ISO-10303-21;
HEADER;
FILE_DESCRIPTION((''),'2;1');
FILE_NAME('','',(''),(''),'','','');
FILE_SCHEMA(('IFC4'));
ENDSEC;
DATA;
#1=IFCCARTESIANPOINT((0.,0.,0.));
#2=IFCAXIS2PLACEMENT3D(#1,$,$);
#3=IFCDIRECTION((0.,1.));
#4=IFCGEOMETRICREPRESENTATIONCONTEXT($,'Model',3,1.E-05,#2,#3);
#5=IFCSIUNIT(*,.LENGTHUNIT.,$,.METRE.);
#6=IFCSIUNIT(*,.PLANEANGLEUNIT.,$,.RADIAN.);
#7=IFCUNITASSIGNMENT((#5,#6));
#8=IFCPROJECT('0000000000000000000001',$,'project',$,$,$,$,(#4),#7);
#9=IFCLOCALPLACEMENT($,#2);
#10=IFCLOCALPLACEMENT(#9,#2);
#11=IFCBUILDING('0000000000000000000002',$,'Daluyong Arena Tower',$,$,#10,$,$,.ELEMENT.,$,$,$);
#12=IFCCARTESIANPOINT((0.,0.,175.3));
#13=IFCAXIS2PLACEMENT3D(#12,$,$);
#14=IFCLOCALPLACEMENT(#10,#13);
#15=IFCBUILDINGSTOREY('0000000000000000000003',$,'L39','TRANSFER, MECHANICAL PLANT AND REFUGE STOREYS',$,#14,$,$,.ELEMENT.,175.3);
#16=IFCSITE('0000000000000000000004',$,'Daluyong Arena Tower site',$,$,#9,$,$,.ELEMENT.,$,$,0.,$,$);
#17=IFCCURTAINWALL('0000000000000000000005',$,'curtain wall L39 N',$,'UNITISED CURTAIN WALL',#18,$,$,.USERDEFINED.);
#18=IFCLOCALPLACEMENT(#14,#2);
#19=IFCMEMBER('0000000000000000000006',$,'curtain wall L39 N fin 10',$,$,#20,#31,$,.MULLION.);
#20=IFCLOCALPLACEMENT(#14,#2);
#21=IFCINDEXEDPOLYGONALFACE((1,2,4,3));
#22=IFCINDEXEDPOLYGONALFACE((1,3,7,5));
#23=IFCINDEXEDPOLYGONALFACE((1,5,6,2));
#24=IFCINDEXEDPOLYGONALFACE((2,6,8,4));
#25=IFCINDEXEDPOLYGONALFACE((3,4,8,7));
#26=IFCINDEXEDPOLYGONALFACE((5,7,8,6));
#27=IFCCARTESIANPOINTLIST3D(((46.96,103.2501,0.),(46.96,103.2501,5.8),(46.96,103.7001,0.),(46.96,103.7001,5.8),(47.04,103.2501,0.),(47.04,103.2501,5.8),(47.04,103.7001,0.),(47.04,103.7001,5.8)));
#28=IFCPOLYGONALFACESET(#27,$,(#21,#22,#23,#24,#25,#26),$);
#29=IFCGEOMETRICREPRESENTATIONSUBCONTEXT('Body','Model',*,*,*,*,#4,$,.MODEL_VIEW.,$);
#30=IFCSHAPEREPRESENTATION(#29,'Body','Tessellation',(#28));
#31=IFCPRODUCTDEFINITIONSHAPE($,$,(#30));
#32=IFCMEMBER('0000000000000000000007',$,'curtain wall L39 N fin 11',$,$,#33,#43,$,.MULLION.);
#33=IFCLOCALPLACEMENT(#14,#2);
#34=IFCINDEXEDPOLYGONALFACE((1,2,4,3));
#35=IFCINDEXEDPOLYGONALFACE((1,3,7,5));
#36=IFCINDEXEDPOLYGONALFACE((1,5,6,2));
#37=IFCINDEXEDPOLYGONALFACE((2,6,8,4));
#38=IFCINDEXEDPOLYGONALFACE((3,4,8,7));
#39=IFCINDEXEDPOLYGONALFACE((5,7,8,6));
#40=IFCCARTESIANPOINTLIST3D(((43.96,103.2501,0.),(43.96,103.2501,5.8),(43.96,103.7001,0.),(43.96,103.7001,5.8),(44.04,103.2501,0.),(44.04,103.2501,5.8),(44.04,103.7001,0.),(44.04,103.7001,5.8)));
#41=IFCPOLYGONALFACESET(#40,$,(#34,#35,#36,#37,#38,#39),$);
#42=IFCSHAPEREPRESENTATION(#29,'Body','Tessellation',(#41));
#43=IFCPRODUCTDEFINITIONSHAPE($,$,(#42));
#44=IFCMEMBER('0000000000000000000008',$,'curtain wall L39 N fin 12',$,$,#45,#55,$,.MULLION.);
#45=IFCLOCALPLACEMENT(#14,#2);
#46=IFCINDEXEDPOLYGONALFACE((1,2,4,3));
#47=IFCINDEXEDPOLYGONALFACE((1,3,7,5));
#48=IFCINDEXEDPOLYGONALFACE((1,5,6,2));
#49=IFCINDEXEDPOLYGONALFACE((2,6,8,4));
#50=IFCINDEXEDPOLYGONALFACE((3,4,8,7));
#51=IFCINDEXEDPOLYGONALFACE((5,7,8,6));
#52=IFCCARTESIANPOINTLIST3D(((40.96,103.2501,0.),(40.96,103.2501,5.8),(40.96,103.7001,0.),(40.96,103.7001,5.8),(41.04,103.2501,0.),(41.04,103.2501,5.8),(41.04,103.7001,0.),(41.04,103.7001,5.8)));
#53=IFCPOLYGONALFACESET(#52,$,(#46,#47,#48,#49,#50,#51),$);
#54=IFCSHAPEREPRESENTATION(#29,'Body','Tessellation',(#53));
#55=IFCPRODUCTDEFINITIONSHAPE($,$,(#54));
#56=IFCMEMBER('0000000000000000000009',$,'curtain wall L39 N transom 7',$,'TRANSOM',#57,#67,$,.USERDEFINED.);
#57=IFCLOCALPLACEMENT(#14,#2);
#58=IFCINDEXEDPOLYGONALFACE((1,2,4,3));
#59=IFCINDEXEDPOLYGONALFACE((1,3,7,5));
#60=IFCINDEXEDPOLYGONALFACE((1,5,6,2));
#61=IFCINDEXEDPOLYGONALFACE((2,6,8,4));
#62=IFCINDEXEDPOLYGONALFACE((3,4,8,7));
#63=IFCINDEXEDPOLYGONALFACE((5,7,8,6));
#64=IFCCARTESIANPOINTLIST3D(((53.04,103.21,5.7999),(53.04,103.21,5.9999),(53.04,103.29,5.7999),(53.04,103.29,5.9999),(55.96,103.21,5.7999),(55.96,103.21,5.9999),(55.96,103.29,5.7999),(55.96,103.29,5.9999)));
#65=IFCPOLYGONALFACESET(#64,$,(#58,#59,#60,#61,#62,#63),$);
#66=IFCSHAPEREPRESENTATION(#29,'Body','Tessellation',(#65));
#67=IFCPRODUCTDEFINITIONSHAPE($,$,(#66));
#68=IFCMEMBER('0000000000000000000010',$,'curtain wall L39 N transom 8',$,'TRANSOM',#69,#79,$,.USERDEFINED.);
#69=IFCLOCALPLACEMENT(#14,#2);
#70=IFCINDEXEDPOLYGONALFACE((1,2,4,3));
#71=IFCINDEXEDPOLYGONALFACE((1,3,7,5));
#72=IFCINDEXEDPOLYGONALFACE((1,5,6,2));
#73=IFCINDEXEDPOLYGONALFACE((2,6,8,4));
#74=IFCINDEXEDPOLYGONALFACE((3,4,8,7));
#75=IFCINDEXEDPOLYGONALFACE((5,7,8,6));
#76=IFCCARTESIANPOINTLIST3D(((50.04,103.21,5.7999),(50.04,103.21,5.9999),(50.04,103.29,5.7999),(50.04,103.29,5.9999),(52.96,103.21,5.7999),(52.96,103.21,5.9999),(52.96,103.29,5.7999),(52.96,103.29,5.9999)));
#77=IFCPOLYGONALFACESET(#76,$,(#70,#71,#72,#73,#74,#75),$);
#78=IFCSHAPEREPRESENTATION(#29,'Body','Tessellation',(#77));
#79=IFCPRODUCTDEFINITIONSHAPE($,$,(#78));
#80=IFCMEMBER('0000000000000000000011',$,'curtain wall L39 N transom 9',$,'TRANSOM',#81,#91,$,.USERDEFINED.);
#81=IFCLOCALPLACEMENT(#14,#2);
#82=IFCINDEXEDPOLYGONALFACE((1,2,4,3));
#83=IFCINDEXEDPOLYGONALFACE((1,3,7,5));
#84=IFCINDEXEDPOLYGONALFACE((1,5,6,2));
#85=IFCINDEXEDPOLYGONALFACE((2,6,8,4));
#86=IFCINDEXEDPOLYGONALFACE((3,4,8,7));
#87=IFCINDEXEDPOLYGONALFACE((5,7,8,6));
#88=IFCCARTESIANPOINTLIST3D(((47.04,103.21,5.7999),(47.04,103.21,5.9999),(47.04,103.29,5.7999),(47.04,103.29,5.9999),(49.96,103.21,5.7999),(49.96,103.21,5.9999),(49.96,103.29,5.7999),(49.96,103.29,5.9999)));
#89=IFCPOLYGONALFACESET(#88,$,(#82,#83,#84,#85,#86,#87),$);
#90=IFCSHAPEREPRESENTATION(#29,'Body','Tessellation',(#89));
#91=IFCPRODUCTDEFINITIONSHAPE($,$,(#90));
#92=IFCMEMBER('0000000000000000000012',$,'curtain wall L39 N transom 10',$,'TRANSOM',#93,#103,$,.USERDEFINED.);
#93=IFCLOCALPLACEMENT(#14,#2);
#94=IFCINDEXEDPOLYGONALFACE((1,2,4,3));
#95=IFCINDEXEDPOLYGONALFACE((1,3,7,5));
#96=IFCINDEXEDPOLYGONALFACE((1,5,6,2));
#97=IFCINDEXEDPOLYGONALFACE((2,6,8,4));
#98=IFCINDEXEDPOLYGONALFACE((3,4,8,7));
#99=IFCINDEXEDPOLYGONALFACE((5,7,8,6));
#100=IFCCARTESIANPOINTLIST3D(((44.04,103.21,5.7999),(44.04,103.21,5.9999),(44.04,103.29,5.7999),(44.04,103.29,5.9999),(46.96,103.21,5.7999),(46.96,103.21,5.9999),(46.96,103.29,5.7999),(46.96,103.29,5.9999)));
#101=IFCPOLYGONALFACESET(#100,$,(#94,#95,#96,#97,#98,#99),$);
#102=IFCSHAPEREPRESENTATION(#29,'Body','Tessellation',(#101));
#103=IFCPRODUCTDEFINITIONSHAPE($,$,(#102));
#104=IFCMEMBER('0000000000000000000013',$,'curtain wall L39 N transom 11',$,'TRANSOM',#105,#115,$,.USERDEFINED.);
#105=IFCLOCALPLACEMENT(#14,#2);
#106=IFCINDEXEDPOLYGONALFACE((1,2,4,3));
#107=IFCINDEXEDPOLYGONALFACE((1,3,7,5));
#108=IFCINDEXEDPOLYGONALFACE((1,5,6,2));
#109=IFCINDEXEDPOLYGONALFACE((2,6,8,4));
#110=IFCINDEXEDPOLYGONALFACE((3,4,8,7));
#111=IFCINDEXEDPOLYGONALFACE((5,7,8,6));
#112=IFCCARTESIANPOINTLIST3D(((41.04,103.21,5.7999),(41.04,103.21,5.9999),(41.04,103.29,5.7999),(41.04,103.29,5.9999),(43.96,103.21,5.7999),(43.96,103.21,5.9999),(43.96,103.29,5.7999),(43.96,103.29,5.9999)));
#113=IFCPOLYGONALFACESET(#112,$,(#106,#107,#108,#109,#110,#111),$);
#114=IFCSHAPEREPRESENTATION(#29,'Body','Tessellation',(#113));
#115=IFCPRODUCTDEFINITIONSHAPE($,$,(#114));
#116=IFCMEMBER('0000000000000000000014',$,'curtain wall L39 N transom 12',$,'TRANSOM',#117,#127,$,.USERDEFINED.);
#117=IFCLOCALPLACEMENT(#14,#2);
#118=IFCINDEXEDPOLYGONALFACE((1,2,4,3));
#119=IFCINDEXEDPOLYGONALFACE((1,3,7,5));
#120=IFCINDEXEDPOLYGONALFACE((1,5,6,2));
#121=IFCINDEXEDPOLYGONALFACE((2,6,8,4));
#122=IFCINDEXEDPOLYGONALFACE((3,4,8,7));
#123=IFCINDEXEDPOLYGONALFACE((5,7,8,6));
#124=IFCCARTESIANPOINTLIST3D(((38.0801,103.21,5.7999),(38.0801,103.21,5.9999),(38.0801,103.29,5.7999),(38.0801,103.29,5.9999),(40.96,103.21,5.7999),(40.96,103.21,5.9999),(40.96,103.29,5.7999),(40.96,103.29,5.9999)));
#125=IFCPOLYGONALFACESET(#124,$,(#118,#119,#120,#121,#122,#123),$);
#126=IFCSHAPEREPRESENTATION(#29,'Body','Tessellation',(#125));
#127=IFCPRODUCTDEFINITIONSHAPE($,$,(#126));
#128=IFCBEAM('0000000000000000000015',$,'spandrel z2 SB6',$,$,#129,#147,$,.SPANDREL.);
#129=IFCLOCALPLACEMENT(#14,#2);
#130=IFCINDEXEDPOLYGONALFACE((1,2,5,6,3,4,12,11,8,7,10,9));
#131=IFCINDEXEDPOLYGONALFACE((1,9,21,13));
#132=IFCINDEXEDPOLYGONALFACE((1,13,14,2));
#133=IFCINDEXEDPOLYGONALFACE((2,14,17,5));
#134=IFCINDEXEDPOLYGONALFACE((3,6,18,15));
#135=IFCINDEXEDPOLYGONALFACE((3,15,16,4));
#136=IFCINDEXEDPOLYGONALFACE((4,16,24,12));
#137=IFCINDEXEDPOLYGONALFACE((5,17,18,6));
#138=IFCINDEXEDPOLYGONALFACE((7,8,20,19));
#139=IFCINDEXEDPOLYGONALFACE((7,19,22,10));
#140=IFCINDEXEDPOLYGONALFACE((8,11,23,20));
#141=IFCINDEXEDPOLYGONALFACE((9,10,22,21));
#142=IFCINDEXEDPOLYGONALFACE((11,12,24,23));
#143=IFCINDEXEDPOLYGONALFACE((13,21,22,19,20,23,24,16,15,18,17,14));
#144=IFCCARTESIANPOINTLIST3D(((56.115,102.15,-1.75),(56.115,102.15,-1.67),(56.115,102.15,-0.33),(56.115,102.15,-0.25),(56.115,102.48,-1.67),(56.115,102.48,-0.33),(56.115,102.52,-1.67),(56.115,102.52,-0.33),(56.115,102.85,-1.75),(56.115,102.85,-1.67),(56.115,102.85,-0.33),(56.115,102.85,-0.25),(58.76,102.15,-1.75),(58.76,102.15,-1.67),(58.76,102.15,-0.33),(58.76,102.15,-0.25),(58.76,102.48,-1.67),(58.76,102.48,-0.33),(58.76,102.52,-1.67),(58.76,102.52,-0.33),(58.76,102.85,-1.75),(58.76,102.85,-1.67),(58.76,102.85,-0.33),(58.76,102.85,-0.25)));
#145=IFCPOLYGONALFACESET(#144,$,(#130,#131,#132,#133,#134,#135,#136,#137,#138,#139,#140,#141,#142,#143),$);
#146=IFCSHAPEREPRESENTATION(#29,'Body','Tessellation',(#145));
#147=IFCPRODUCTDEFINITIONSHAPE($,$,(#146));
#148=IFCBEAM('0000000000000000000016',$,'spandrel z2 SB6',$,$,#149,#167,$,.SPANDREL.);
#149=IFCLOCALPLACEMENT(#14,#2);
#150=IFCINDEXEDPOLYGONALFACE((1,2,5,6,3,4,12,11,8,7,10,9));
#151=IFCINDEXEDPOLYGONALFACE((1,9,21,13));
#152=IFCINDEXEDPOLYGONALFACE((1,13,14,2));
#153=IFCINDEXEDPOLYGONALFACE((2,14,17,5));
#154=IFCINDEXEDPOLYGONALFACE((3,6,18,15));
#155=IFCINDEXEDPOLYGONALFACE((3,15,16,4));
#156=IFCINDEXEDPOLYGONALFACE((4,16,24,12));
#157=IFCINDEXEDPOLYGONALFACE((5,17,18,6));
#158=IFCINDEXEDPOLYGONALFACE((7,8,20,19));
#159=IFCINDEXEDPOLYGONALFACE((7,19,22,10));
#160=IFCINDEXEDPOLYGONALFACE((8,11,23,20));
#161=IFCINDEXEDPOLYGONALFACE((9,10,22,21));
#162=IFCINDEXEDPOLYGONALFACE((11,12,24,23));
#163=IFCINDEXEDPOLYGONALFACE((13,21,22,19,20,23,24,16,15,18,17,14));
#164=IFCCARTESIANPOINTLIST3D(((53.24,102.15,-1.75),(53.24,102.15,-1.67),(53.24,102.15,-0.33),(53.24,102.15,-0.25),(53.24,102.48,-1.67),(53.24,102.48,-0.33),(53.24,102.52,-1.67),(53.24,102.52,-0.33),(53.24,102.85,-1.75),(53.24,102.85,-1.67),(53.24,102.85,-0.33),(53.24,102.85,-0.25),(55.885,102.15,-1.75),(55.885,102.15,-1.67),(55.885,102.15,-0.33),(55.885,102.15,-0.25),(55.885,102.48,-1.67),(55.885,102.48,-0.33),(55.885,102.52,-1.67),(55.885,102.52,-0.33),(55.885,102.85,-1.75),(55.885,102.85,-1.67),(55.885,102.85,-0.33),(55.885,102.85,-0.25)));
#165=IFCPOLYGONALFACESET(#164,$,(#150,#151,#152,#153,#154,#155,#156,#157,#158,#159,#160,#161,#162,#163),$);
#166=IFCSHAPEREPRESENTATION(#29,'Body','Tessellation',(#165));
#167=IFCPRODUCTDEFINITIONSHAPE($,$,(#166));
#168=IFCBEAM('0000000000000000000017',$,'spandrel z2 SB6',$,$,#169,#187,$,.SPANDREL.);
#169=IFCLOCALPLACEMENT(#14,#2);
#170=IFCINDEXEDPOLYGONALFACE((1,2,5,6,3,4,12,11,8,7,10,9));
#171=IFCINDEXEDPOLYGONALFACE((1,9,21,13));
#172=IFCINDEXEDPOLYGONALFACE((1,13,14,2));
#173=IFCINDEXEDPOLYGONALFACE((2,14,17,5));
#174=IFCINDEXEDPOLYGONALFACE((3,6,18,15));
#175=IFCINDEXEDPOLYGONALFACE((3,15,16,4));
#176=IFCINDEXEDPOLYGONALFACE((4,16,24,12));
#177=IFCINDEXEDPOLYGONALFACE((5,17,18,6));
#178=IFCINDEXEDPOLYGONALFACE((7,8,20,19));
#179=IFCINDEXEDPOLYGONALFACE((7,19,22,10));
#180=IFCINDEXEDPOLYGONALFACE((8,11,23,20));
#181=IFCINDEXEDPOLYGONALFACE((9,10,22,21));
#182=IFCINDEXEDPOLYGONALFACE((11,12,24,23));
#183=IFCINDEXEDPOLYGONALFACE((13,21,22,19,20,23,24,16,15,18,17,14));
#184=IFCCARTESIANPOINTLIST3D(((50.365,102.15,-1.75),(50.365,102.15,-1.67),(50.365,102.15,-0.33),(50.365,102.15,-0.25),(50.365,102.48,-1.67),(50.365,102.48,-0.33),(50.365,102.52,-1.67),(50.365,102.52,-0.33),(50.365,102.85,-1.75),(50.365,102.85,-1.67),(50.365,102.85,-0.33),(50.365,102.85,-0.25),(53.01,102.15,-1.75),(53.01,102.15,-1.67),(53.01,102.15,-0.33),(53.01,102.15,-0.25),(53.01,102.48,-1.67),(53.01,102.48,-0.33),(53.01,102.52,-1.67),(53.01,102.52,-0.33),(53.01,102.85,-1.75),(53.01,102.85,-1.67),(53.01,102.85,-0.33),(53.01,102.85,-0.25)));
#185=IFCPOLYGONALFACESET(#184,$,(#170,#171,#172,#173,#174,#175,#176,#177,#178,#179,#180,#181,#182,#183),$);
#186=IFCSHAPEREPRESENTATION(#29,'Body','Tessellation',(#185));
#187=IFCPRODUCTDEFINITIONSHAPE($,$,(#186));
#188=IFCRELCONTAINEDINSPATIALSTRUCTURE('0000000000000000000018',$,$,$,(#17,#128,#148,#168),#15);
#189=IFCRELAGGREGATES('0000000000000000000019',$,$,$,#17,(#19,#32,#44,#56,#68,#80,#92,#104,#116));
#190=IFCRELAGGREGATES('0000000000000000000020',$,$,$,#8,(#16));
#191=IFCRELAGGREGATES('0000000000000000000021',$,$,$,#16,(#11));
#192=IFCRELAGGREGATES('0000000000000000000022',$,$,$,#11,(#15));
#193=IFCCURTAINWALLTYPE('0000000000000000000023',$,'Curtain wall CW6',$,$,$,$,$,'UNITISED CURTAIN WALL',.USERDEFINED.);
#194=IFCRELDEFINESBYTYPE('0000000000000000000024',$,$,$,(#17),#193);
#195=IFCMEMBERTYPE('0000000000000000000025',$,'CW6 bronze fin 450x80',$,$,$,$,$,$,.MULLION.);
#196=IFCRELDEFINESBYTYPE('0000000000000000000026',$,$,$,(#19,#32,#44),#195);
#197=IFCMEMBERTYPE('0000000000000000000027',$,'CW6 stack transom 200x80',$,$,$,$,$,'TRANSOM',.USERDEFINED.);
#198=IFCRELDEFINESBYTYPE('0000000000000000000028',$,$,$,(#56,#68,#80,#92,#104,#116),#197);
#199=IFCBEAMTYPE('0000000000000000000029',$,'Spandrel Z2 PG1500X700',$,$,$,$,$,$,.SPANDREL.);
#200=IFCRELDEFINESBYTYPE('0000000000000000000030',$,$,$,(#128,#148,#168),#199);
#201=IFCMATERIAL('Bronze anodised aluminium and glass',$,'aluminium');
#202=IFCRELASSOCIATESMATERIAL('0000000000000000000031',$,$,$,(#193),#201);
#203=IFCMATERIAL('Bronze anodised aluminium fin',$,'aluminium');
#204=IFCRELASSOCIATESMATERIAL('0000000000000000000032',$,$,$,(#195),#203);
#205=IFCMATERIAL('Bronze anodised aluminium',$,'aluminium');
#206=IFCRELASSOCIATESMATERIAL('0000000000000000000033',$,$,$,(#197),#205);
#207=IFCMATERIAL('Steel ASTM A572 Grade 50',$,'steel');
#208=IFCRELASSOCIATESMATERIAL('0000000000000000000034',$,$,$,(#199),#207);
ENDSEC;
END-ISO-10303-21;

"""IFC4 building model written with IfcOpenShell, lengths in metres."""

from ifc_helpers import new_model, si_unit, direction, frame, origin, origin_2d, place, context, subcontext, project, spatial, rectangle, i_section, extrude, material, material_profile, profile_set, type_object, element, aggregate, save


model = new_model("IFC4")

# Units and contexts
model_context = context("Model", 3, precision=1e-05, world=origin(), true_north=direction((0.0, 1.0)))
body_context = subcontext(model_context, "Body", "Model", "MODEL_VIEW")
ifc_project = project(units=[si_unit("LENGTHUNIT", "METRE"), si_unit("PLANEANGLEUNIT", "RADIAN")], contexts=[model_context])

# Site, building, storey
site_placement = place(None, origin())
site = spatial("IfcSite", under=ifc_project, at=site_placement, Name="Daluyong Arena Tower site", CompositionType="ELEMENT", RefElevation=0.0)
building_placement = place(site_placement, origin())
building = spatial("IfcBuilding", under=site, at=building_placement, Name="Daluyong Arena Tower", CompositionType="ELEMENT")
storey_placement = place(building_placement, frame((0.0, 0.0, 175.3)))
storey = spatial("IfcBuildingStorey", under=building, at=storey_placement, Name="L39", Description="TRANSFER, MECHANICAL PLANT AND REFUGE STOREYS", CompositionType="ELEMENT", Elevation=175.3)

# Curtain wall, members
ifc_material_1 = material(Name="Bronze anodised aluminium and glass", Category="aluminium")
curtain_wall_type = type_object("IfcCurtainWallType", Name="Curtain wall CW6", ElementType="UNITISED CURTAIN WALL", PredefinedType="USERDEFINED", material=ifc_material_1)
curtain_wall_placement = place(storey_placement, origin())
curtain_wall = element("IfcCurtainWall", 1, at=curtain_wall_placement, inside=storey, type_object=curtain_wall_type, Name="curtain wall L39 N", ObjectType="UNITISED CURTAIN WALL", PredefinedType="USERDEFINED")
ifc_material_2 = material(Name="Bronze anodised aluminium fin", Category="aluminium")
ifc_material_profile_1 = material_profile(ifc_material_2, rectangle(XDim=0.45, YDim=0.0801, at=origin_2d()))
ifc_profile_set_1 = profile_set([ifc_material_profile_1], Name="Bronze anodised aluminium fin")
member_type_1 = type_object("IfcMemberType", Name="CW6 bronze fin 450x80", PredefinedType="MULLION", material=ifc_profile_set_1)
member_1_placement = place(storey_placement, frame((47.0, 103.4751, 0.0), z_axis=(0.0, 0.0, 1.0), x_axis=(0.0, -1.0, 0.0)))
member_1 = element("IfcMember", 2, at=member_1_placement, type_object=member_type_1, Name="curtain wall L39 N fin 10", PredefinedType="MULLION", context=body_context, shape_type="SweptSolid", body=[
    extrude(rectangle(XDim=0.45, YDim=0.0801, at=origin_2d()), origin(), (0.0, 0.0, 1.0), 5.8),
])
member_2_placement = place(storey_placement, frame((44.0, 103.4751, 0.0), z_axis=(0.0, 0.0, 1.0), x_axis=(0.0, -1.0, 0.0)))
member_2 = element("IfcMember", 3, at=member_2_placement, type_object=member_type_1, Name="curtain wall L39 N fin 11", PredefinedType="MULLION", context=body_context, shape_type="SweptSolid", body=[
    extrude(rectangle(XDim=0.45, YDim=0.0801, at=origin_2d()), origin(), (0.0, 0.0, 1.0), 5.8),
])
member_3_placement = place(storey_placement, frame((41.0, 103.4751, 0.0), z_axis=(0.0, 0.0, 1.0), x_axis=(0.0, -1.0, 0.0)))
member_3 = element("IfcMember", 4, at=member_3_placement, type_object=member_type_1, Name="curtain wall L39 N fin 12", PredefinedType="MULLION", context=body_context, shape_type="SweptSolid", body=[
    extrude(rectangle(XDim=0.45, YDim=0.0801, at=origin_2d()), origin(), (0.0, 0.0, 1.0), 5.8),
])
ifc_material_3 = material(Name="Bronze anodised aluminium", Category="aluminium")
ifc_material_profile_2 = material_profile(ifc_material_3, rectangle(XDim=0.0801, YDim=0.2, at=origin_2d()))
ifc_profile_set_2 = profile_set([ifc_material_profile_2], Name="Bronze anodised aluminium")
member_type_2 = type_object("IfcMemberType", Name="CW6 stack transom 200x80", ElementType="TRANSOM", PredefinedType="USERDEFINED", material=ifc_profile_set_2)
member_4_placement = place(storey_placement, frame((55.96, 103.25, 5.8999), z_axis=(-1.0, 0.0, 0.0), x_axis=(0.0, -1.0, 0.0)))
member_4 = element("IfcMember", 5, at=member_4_placement, type_object=member_type_2, Name="curtain wall L39 N transom 7", ObjectType="TRANSOM", PredefinedType="USERDEFINED", context=body_context, shape_type="SweptSolid", body=[
    extrude(rectangle(XDim=0.0801, YDim=0.2, at=origin_2d()), origin(), (0.0, 0.0, 1.0), 2.9199),
])
member_5_placement = place(storey_placement, frame((52.96, 103.25, 5.8999), z_axis=(-1.0, 0.0, 0.0), x_axis=(0.0, -1.0, 0.0)))
member_5 = element("IfcMember", 6, at=member_5_placement, type_object=member_type_2, Name="curtain wall L39 N transom 8", ObjectType="TRANSOM", PredefinedType="USERDEFINED", context=body_context, shape_type="SweptSolid", body=[
    extrude(rectangle(XDim=0.0801, YDim=0.2, at=origin_2d()), origin(), (0.0, 0.0, 1.0), 2.9199),
])
member_6_placement = place(storey_placement, frame((49.96, 103.25, 5.8999), z_axis=(-1.0, 0.0, 0.0), x_axis=(0.0, -1.0, 0.0)))
member_6 = element("IfcMember", 7, at=member_6_placement, type_object=member_type_2, Name="curtain wall L39 N transom 9", ObjectType="TRANSOM", PredefinedType="USERDEFINED", context=body_context, shape_type="SweptSolid", body=[
    extrude(rectangle(XDim=0.0801, YDim=0.2, at=origin_2d()), origin(), (0.0, 0.0, 1.0), 2.9199),
])
member_7_placement = place(storey_placement, frame((46.96, 103.25, 5.8999), z_axis=(-1.0, 0.0, 0.0), x_axis=(0.0, -1.0, 0.0)))
member_7 = element("IfcMember", 8, at=member_7_placement, type_object=member_type_2, Name="curtain wall L39 N transom 10", ObjectType="TRANSOM", PredefinedType="USERDEFINED", context=body_context, shape_type="SweptSolid", body=[
    extrude(rectangle(XDim=0.0801, YDim=0.2, at=origin_2d()), origin(), (0.0, 0.0, 1.0), 2.9199),
])
member_8_placement = place(storey_placement, frame((43.96, 103.25, 5.8999), z_axis=(-1.0, 0.0, 0.0), x_axis=(0.0, -1.0, 0.0)))
member_8 = element("IfcMember", 9, at=member_8_placement, type_object=member_type_2, Name="curtain wall L39 N transom 11", ObjectType="TRANSOM", PredefinedType="USERDEFINED", context=body_context, shape_type="SweptSolid", body=[
    extrude(rectangle(XDim=0.0801, YDim=0.2, at=origin_2d()), origin(), (0.0, 0.0, 1.0), 2.9199),
])
member_9_placement = place(storey_placement, frame((40.96, 103.25, 5.8999), z_axis=(-1.0, 0.0, 0.0), x_axis=(0.0, -1.0, 0.0)))
member_9 = element("IfcMember", 10, at=member_9_placement, type_object=member_type_2, Name="curtain wall L39 N transom 12", ObjectType="TRANSOM", PredefinedType="USERDEFINED", context=body_context, shape_type="SweptSolid", body=[
    extrude(rectangle(XDim=0.0801, YDim=0.2, at=origin_2d()), origin(), (0.0, 0.0, 1.0), 2.8799),
])

# Beams
ifc_material_4 = material(Name="Steel ASTM A572 Grade 50", Category="steel")
ifc_material_profile_3 = material_profile(ifc_material_4, i_section(OverallWidth=0.7, OverallDepth=1.5, WebThickness=0.04, FlangeThickness=0.08, at=origin_2d()))
ifc_profile_set_3 = profile_set([ifc_material_profile_3], Name="Steel ASTM A572 Grade 50")
beam_type = type_object("IfcBeamType", Name="Spandrel Z2 PG1500X700", PredefinedType="SPANDREL", material=ifc_profile_set_3)
for number, where, z_axis, x_axis, name in (
    (11, (58.76, 102.5, -1.0), (-1.0, 0.0, 0.0), (0.0, -1.0, 0.0), "spandrel z2 SB6"),
    (12, (55.885, 102.5, -1.0), (-1.0, 0.0, 0.0), (0.0, -1.0, 0.0), "spandrel z2 SB6"),
    (13, (53.01, 102.5, -1.0), (-1.0, 0.0, 0.0), (0.0, -1.0, 0.0), "spandrel z2 SB6"),
):
    element("IfcBeam", number, at=place(storey_placement, frame(where, z_axis=z_axis, x_axis=x_axis)), inside=storey, type_object=beam_type, Name=name, PredefinedType="SPANDREL", context=body_context, shape_type="SweptSolid", body=[
        extrude(i_section(OverallWidth=0.7, OverallDepth=1.5, WebThickness=0.04, FlangeThickness=0.08, at=origin_2d()), origin(), (0.0, 0.0, 1.0), 2.645),
    ])

aggregate(curtain_wall, [member_1, member_2, member_3, member_4, member_5, member_6, member_7, member_8, member_9])

save(model, "model.ifc")
